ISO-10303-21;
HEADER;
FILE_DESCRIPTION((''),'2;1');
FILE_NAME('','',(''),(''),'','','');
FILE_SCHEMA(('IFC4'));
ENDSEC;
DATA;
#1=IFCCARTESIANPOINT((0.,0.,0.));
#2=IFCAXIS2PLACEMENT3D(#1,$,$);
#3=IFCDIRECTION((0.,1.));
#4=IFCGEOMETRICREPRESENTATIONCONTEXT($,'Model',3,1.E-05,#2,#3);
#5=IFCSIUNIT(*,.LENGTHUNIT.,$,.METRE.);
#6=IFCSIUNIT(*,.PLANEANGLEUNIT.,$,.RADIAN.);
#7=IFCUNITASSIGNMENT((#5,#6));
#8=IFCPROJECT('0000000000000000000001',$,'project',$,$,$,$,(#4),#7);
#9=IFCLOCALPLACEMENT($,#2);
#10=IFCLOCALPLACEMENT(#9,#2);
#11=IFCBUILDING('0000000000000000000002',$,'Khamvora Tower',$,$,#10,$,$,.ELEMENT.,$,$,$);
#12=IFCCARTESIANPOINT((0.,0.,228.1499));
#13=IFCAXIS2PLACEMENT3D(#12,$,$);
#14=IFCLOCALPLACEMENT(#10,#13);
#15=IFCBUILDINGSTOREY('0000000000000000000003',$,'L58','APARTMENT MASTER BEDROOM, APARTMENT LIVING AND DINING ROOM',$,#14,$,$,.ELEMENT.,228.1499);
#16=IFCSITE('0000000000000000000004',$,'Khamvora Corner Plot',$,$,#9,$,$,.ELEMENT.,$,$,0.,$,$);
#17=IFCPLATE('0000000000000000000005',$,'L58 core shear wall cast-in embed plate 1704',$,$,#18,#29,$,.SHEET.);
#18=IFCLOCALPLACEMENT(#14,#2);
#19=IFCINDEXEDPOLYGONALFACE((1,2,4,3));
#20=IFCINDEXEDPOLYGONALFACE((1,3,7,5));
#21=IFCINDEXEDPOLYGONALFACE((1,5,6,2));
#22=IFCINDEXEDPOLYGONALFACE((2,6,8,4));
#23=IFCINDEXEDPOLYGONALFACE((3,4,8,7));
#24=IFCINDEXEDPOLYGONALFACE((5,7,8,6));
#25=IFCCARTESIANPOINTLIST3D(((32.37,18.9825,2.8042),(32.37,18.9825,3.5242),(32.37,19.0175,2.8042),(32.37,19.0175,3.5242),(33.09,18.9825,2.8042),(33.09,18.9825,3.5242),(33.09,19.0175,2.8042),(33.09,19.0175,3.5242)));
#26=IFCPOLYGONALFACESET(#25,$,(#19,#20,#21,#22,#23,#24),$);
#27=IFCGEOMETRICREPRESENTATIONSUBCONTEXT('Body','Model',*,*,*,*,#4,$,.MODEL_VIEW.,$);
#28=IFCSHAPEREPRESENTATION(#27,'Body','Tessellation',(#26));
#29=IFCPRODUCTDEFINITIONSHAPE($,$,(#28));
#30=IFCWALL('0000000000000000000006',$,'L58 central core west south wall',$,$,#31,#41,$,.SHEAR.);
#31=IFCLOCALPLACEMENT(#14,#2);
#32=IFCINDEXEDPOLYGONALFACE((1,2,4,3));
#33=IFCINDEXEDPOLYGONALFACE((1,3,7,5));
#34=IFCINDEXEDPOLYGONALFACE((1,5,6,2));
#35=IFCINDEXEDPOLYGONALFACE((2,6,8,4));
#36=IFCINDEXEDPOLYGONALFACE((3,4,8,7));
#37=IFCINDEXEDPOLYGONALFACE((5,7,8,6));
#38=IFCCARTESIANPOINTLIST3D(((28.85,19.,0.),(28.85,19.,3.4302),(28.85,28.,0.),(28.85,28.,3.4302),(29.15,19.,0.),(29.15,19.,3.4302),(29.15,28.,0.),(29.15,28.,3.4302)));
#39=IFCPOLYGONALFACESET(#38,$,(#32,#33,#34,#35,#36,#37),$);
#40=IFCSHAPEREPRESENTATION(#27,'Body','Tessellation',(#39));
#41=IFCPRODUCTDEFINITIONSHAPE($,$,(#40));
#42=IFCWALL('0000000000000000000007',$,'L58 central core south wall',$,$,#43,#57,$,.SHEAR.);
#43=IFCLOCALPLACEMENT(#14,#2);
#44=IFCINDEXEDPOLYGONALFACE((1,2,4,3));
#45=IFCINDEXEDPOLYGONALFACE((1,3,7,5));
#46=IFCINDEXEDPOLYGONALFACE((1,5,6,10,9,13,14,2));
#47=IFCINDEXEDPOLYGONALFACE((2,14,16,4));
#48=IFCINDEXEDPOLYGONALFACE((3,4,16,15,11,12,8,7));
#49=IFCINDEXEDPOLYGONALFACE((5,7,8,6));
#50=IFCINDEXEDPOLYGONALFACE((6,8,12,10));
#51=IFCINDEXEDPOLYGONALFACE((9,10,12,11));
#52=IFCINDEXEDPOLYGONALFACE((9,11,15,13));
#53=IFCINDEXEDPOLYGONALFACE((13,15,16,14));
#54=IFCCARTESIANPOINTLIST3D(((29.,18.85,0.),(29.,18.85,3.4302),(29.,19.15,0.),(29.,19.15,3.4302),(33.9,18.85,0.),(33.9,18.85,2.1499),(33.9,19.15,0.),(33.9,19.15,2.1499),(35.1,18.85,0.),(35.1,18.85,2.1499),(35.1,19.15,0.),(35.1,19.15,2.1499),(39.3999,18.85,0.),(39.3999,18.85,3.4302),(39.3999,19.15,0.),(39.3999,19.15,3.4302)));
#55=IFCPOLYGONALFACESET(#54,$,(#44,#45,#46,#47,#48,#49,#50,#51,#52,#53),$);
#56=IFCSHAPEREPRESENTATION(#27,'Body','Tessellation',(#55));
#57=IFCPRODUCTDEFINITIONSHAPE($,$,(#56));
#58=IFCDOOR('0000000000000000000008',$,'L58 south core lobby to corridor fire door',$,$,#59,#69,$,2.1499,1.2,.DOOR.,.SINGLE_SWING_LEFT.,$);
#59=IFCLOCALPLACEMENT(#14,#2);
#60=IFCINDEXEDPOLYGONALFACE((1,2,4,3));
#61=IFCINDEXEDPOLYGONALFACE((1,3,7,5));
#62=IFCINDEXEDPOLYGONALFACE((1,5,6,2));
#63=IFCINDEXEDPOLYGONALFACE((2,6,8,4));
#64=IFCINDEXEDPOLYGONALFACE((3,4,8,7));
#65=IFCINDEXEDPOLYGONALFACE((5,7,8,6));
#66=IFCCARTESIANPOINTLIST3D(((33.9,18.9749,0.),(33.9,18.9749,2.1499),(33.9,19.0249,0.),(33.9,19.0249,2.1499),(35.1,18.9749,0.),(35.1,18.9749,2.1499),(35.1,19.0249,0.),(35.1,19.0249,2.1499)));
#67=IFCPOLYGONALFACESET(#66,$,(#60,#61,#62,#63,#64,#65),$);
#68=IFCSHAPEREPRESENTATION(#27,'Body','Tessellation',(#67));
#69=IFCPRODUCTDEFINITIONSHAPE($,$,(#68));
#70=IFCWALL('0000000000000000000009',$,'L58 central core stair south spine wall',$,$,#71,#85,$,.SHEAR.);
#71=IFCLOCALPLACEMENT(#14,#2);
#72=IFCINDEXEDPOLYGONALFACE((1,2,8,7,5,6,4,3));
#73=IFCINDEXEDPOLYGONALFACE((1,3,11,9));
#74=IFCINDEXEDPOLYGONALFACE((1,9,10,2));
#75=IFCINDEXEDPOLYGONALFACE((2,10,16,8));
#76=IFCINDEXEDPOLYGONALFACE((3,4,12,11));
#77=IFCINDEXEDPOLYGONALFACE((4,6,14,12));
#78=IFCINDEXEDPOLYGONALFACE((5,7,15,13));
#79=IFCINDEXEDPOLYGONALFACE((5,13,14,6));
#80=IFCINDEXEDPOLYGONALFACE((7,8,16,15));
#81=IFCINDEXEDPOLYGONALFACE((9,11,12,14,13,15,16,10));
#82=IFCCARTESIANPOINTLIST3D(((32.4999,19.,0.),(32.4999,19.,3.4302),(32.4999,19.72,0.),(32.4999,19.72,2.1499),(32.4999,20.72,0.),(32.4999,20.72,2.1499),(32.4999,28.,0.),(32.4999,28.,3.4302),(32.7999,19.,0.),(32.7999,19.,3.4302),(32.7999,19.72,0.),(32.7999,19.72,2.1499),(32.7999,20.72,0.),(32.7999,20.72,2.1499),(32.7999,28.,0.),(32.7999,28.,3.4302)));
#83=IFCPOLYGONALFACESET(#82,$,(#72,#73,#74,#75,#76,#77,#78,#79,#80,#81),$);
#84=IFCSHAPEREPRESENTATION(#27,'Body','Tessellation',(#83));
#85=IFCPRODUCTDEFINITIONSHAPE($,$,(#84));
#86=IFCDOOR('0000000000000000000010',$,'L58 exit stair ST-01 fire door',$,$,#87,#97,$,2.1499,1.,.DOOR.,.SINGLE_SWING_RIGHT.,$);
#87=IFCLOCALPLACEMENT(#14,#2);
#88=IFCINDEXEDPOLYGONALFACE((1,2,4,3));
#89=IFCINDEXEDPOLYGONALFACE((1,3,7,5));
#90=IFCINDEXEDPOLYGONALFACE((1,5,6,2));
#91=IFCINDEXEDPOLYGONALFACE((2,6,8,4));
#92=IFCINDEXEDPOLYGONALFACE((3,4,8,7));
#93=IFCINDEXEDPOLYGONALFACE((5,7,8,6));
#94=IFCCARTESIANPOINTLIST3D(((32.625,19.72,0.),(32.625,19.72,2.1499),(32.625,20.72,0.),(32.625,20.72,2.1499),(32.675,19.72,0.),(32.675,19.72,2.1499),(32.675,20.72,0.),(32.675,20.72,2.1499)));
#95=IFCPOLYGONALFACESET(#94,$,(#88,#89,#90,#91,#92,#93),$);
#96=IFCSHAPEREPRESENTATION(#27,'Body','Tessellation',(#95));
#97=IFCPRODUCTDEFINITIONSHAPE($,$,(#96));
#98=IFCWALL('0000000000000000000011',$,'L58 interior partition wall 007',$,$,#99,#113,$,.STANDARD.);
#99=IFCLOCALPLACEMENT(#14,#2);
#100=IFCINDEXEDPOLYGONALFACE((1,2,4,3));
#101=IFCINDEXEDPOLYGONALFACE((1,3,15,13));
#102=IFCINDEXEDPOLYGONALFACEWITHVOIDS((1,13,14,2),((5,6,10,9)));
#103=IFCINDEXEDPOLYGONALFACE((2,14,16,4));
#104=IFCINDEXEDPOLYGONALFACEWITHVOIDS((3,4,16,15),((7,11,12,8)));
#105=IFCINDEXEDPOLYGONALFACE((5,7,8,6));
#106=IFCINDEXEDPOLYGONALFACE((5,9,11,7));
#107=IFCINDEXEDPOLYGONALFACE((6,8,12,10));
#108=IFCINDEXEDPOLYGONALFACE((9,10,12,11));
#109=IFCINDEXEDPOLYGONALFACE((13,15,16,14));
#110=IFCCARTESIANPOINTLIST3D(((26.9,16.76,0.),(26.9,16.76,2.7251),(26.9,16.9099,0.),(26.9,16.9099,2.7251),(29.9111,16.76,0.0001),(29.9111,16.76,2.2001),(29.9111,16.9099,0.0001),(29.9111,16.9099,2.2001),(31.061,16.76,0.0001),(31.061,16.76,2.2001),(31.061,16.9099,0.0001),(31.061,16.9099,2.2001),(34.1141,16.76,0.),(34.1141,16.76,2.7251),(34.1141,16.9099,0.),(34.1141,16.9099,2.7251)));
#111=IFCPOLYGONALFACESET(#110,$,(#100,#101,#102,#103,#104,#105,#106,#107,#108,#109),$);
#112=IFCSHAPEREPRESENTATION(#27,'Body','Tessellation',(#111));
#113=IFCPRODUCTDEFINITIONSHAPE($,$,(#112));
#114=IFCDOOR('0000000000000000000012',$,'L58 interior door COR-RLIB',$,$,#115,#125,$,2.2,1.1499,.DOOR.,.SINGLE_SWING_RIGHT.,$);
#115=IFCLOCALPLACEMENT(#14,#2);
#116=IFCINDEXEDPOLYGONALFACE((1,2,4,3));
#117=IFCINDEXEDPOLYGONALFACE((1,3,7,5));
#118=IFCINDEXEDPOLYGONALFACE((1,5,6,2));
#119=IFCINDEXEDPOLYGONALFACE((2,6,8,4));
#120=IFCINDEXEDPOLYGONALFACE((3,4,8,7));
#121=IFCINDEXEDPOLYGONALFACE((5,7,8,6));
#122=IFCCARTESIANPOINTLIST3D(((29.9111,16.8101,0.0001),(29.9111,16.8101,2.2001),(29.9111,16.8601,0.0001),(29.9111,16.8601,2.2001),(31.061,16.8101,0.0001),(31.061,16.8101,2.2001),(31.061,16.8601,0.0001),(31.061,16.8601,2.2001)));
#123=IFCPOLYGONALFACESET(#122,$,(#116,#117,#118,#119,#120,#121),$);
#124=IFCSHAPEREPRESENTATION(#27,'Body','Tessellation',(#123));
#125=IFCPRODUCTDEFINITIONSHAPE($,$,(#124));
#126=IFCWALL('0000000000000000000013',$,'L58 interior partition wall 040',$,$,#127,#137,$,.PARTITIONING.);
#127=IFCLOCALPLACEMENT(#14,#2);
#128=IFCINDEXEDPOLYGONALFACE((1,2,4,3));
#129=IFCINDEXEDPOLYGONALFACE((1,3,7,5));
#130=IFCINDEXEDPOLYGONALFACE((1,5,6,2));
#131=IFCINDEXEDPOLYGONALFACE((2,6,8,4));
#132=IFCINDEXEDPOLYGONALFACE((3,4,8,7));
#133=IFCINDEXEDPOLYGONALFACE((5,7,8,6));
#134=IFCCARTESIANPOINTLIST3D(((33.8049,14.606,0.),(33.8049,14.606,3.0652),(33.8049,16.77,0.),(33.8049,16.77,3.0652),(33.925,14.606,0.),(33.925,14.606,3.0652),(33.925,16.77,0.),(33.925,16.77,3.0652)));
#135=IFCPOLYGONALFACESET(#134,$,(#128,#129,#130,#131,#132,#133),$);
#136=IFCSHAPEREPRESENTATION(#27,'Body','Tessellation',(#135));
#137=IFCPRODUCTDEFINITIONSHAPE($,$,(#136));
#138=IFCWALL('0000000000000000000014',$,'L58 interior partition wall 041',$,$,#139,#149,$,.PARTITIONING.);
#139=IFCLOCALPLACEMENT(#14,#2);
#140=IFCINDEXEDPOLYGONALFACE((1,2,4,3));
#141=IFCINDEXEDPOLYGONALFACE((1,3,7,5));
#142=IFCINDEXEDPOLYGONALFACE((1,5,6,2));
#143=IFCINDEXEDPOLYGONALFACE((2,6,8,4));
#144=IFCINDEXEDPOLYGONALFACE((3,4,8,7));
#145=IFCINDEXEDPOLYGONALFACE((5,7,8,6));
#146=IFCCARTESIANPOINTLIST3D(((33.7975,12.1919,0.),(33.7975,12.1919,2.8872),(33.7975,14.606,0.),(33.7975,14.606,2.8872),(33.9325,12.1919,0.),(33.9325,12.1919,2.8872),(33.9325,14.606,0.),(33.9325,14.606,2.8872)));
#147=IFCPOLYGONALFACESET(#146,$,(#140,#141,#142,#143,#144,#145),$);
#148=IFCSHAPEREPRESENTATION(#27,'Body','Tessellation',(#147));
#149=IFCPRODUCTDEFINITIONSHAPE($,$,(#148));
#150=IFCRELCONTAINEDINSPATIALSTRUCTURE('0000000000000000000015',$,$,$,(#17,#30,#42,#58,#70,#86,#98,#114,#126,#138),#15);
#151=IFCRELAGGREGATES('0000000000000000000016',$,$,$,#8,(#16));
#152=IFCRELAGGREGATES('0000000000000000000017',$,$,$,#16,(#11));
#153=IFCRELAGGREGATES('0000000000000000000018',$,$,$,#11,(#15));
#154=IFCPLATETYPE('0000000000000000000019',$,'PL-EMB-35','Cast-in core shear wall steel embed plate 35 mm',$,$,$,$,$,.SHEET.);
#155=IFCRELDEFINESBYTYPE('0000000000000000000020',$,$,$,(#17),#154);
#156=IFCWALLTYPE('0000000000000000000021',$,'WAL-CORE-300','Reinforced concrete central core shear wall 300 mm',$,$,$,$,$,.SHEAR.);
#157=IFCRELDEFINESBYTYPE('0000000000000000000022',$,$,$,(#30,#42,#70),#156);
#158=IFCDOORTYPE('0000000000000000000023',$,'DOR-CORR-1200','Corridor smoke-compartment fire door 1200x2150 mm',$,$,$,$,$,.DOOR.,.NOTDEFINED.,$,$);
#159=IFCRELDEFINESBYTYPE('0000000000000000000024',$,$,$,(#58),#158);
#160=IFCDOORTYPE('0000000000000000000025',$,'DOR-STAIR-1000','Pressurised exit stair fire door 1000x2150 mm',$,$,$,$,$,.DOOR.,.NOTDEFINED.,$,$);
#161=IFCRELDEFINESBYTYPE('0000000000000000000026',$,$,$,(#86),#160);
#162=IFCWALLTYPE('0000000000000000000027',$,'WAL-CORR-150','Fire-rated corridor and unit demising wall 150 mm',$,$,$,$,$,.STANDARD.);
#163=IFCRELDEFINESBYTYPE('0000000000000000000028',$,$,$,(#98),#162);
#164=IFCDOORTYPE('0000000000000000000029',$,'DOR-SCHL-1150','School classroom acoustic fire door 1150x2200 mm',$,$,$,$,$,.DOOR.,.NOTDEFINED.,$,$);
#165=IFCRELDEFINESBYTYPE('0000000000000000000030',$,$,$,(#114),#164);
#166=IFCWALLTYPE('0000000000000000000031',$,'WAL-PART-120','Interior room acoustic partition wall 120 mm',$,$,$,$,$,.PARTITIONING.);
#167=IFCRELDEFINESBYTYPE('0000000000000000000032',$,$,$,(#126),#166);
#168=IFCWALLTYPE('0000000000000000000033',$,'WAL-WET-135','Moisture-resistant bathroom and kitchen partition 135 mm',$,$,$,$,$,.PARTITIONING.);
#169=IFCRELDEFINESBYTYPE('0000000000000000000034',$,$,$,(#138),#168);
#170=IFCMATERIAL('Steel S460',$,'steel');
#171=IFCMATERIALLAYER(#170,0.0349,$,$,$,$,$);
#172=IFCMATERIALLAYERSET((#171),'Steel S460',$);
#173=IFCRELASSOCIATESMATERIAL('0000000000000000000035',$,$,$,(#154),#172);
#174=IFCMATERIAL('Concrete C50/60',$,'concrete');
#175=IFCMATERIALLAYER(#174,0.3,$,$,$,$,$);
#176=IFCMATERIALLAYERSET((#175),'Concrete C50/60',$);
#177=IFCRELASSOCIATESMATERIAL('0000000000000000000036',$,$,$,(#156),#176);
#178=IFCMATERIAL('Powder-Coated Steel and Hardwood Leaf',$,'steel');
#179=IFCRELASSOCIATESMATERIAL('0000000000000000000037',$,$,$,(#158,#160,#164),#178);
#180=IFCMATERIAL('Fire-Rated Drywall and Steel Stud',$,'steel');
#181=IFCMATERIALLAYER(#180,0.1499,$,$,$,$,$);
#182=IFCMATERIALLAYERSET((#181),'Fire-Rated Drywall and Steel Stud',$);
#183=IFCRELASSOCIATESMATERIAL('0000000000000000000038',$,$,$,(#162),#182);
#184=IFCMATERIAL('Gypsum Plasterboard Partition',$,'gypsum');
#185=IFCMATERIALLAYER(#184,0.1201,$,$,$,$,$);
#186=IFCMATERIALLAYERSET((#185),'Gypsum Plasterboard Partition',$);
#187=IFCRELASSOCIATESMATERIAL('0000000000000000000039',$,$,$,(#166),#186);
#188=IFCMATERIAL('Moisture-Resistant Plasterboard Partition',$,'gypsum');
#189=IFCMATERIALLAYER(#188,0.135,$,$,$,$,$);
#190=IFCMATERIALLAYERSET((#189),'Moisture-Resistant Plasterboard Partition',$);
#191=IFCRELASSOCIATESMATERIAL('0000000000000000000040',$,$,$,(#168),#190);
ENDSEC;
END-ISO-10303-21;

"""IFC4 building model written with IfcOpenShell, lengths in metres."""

from ifc_helpers import new_model, si_unit, direction, frame, frame_2d, origin, origin_2d, place, context, subcontext, project, spatial, rectangle, extrude, material, layer, layer_set, type_object, element, fill, save


model = new_model("IFC4")

# Units and contexts
model_context = context("Model", 3, precision=1e-05, world=origin(), true_north=direction((0.0, 1.0)))
body_context = subcontext(model_context, "Body", "Model", "MODEL_VIEW")
ifc_project = project(units=[si_unit("LENGTHUNIT", "METRE"), si_unit("PLANEANGLEUNIT", "RADIAN")], contexts=[model_context])

# Site, building, storey
site_placement = place(None, origin())
site = spatial("IfcSite", under=ifc_project, at=site_placement, Name="Khamvora Corner Plot", CompositionType="ELEMENT", RefElevation=0.0)
building_placement = place(site_placement, origin())
building = spatial("IfcBuilding", under=site, at=building_placement, Name="Khamvora Tower", CompositionType="ELEMENT")
storey_placement = place(building_placement, frame((0.0, 0.0, 228.1499)))
storey = spatial("IfcBuildingStorey", under=building, at=storey_placement, Name="L58", Description="APARTMENT MASTER BEDROOM, APARTMENT LIVING AND DINING ROOM", CompositionType="ELEMENT", Elevation=228.1499)

# Shared definitions
ifc_material_1 = material(Name="Steel S460", Category="steel")

# Plate
ifc_layer_1 = layer(ifc_material_1, 0.0349)
ifc_layer_set_1 = layer_set([ifc_layer_1], Name="Steel S460")
plate_type_1 = type_object("IfcPlateType", Name="PL-EMB-35", Description="Cast-in core shear wall steel embed plate 35 mm", PredefinedType="SHEET", material=ifc_layer_set_1)
plate_1_placement = place(storey_placement, frame((32.73, 19.0, 2.8042), z_axis=(0.0, 0.0, 1.0), x_axis=(1.0, 0.0, 0.0)))
element("IfcPlate", 1, at=plate_1_placement, inside=storey, type_object=plate_type_1, Name="L58 core shear wall cast-in embed plate 1704", PredefinedType="SHEET", context=body_context, shape_type="SweptSolid", body=[
    extrude(rectangle(XDim=0.72, YDim=0.0349, at=origin_2d()), origin(), (0.0, 0.0, 1.0), 0.72),
])

# Wall
ifc_material_2 = material(Name="Concrete C50/60", Category="concrete")
ifc_layer_2 = layer(ifc_material_2, 0.3)
ifc_layer_set_2 = layer_set([ifc_layer_2], Name="Concrete C50/60")
wall_type_1 = type_object("IfcWallType", Name="WAL-CORE-300", Description="Reinforced concrete central core shear wall 300 mm", PredefinedType="SHEAR", material=ifc_layer_set_2)
wall_1_placement = place(storey_placement, frame((29.0, 19.0, 0.0), z_axis=(0.0, 0.0, 1.0), x_axis=(0.0, 1.0, 0.0)))
element("IfcWall", 2, at=wall_1_placement, inside=storey, type_object=wall_type_1, Name="L58 central core west south wall", PredefinedType="SHEAR", context=body_context, shape_type="SweptSolid", body=[
    extrude(rectangle(XDim=9.0, YDim=0.3, at=frame_2d((4.5, 0.0))), origin(), (0.0, 0.0, 1.0), 3.4302),
])

# Walls, openings, doors
wall_2_placement = place(storey_placement, frame((29.0, 19.0, 0.0), z_axis=(0.0, 0.0, 1.0), x_axis=(1.0, 0.0, 0.0)))
wall_2 = element("IfcWall", 3, at=wall_2_placement, inside=storey, type_object=wall_type_1, Name="L58 central core south wall", PredefinedType="SHEAR", context=body_context, shape_type="SweptSolid", body=[
    extrude(rectangle(XDim=10.3999, YDim=0.3, at=frame_2d((5.2, 0.0))), origin(), (0.0, 0.0, 1.0), 3.4302),
])
opening_1_placement = place(wall_2_placement, frame((4.8999, 0.0, 0.0)))
opening_1 = element("IfcOpeningElement", 4, at=opening_1_placement, cuts=wall_2, PredefinedType="OPENING", context=body_context, shape_type="SweptSolid", body=[
    extrude(rectangle(XDim=1.2, YDim=2.1499, at=frame_2d((0.6001, 1.075))), frame((0.0, 0.1599, 0.0), z_axis=(0.0, -1.0, 0.0), x_axis=(1.0, 0.0, 0.0)), (0.0, 0.0, 1.0), 0.3201),
])
ifc_material_3 = material(Name="Powder-Coated Steel and Hardwood Leaf", Category="steel")
door_type_1 = type_object("IfcDoorType", Name="DOR-CORR-1200", Description="Corridor smoke-compartment fire door 1200x2150 mm", OperationType="NOTDEFINED", PredefinedType="DOOR", material=ifc_material_3)
door_1_placement = place(opening_1_placement, origin())
door_1 = element("IfcDoor", 5, at=door_1_placement, inside=storey, type_object=door_type_1, Name="L58 south core lobby to corridor fire door", OperationType="SINGLE_SWING_LEFT", OverallHeight=2.1499, OverallWidth=1.2, PredefinedType="DOOR", context=body_context, shape_type="SweptSolid", body=[
    extrude(rectangle(XDim=1.2, YDim=2.1499, at=frame_2d((0.6001, 1.075))), frame((0.0, 0.0249, 0.0), z_axis=(0.0, -1.0, 0.0), x_axis=(1.0, 0.0, 0.0)), (0.0, 0.0, 1.0), 0.05),
])
fill(opening_1, door_1)
wall_3_placement = place(storey_placement, frame((32.6499, 19.0, 0.0), z_axis=(0.0, 0.0, 1.0), x_axis=(0.0, 1.0, 0.0)))
wall_3 = element("IfcWall", 6, at=wall_3_placement, inside=storey, type_object=wall_type_1, Name="L58 central core stair south spine wall", PredefinedType="SHEAR", context=body_context, shape_type="SweptSolid", body=[
    extrude(rectangle(XDim=9.0, YDim=0.3, at=frame_2d((4.5, 0.0))), origin(), (0.0, 0.0, 1.0), 3.4302),
])
opening_2_placement = place(wall_3_placement, frame((0.72, 0.0, 0.0)))
opening_2 = element("IfcOpeningElement", 7, at=opening_2_placement, cuts=wall_3, PredefinedType="OPENING", context=body_context, shape_type="SweptSolid", body=[
    extrude(rectangle(XDim=1.0, YDim=2.1499, at=frame_2d((0.5, 1.075))), frame((0.0, 0.1599, 0.0), z_axis=(0.0, -1.0, 0.0), x_axis=(1.0, 0.0, 0.0)), (0.0, 0.0, 1.0), 0.3201),
])
door_type_2 = type_object("IfcDoorType", Name="DOR-STAIR-1000", Description="Pressurised exit stair fire door 1000x2150 mm", OperationType="NOTDEFINED", PredefinedType="DOOR", material=ifc_material_3)
door_2_placement = place(opening_2_placement, origin())
door_2 = element("IfcDoor", 8, at=door_2_placement, inside=storey, type_object=door_type_2, Name="L58 exit stair ST-01 fire door", OperationType="SINGLE_SWING_RIGHT", OverallHeight=2.1499, OverallWidth=1.0, PredefinedType="DOOR", context=body_context, shape_type="SweptSolid", body=[
    extrude(rectangle(XDim=1.0, YDim=2.1499, at=frame_2d((0.5, 1.075))), frame((0.0, 0.0249, 0.0), z_axis=(0.0, -1.0, 0.0), x_axis=(1.0, 0.0, 0.0)), (0.0, 0.0, 1.0), 0.05),
])
fill(opening_2, door_2)

# Wall, opening, door
ifc_material_4 = material(Name="Fire-Rated Drywall and Steel Stud", Category="steel")
ifc_layer_3 = layer(ifc_material_4, 0.1499)
ifc_layer_set_3 = layer_set([ifc_layer_3], Name="Fire-Rated Drywall and Steel Stud")
wall_type_2 = type_object("IfcWallType", Name="WAL-CORR-150", Description="Fire-rated corridor and unit demising wall 150 mm", PredefinedType="STANDARD", material=ifc_layer_set_3)
wall_4_placement = place(storey_placement, frame((34.114, 16.835, 0.0), z_axis=(0.0, 0.0, 1.0), x_axis=(-1.0, 0.0, 0.0)))
wall_4 = element("IfcWall", 9, at=wall_4_placement, inside=storey, type_object=wall_type_2, Name="L58 interior partition wall 007", PredefinedType="STANDARD", context=body_context, shape_type="SweptSolid", body=[
    extrude(rectangle(XDim=7.2141, YDim=0.1499, at=frame_2d((3.6069, 0.0))), origin(), (0.0, 0.0, 1.0), 2.7251),
])
opening_3_placement = place(wall_4_placement, frame((3.053, 0.0, 0.0)))
opening_3 = element("IfcOpeningElement", 10, at=opening_3_placement, cuts=wall_4, PredefinedType="OPENING", context=body_context, shape_type="SweptSolid", body=[
    extrude(rectangle(XDim=1.1499, YDim=2.2, at=frame_2d((0.575, 1.1001))), frame((0.0, 0.085, 0.0), z_axis=(0.0, -1.0, 0.0), x_axis=(1.0, 0.0, 0.0)), (0.0, 0.0, 1.0), 0.1699),
])
door_type_3 = type_object("IfcDoorType", Name="DOR-SCHL-1150", Description="School classroom acoustic fire door 1150x2200 mm", OperationType="NOTDEFINED", PredefinedType="DOOR", material=ifc_material_3)
door_3_placement = place(opening_3_placement, origin())
door_3 = element("IfcDoor", 11, at=door_3_placement, inside=storey, type_object=door_type_3, Name="L58 interior door COR-RLIB", OperationType="SINGLE_SWING_RIGHT", OverallHeight=2.2, OverallWidth=1.1499, PredefinedType="DOOR", context=body_context, shape_type="SweptSolid", body=[
    extrude(rectangle(XDim=1.1499, YDim=2.2, at=frame_2d((0.575, 1.1001))), frame((0.0, 0.0249, 0.0), z_axis=(0.0, -1.0, 0.0), x_axis=(1.0, 0.0, 0.0)), (0.0, 0.0, 1.0), 0.05),
])
fill(opening_3, door_3)

# Walls
ifc_material_5 = material(Name="Gypsum Plasterboard Partition", Category="gypsum")
ifc_layer_4 = layer(ifc_material_5, 0.1201)
ifc_layer_set_4 = layer_set([ifc_layer_4], Name="Gypsum Plasterboard Partition")
wall_type_3 = type_object("IfcWallType", Name="WAL-PART-120", Description="Interior room acoustic partition wall 120 mm", PredefinedType="PARTITIONING", material=ifc_layer_set_4)
wall_5_placement = place(storey_placement, frame((33.865, 16.77, 0.0), z_axis=(0.0, 0.0, 1.0), x_axis=(0.0, -1.0, 0.0)))
element("IfcWall", 12, at=wall_5_placement, inside=storey, type_object=wall_type_3, Name="L58 interior partition wall 040", PredefinedType="PARTITIONING", context=body_context, shape_type="SweptSolid", body=[
    extrude(rectangle(XDim=2.1641, YDim=0.1201, at=frame_2d((1.082, 0.0))), origin(), (0.0, 0.0, 1.0), 3.0652),
])
ifc_material_6 = material(Name="Moisture-Resistant Plasterboard Partition", Category="gypsum")
ifc_layer_5 = layer(ifc_material_6, 0.135)
ifc_layer_set_5 = layer_set([ifc_layer_5], Name="Moisture-Resistant Plasterboard Partition")
wall_type_4 = type_object("IfcWallType", Name="WAL-WET-135", Description="Moisture-resistant bathroom and kitchen partition 135 mm", PredefinedType="PARTITIONING", material=ifc_layer_set_5)
wall_6_placement = place(storey_placement, frame((33.865, 14.606, 0.0), z_axis=(0.0, 0.0, 1.0), x_axis=(0.0, -1.0, 0.0)))
element("IfcWall", 13, at=wall_6_placement, inside=storey, type_object=wall_type_4, Name="L58 interior partition wall 041", PredefinedType="PARTITIONING", context=body_context, shape_type="SweptSolid", body=[
    extrude(rectangle(XDim=2.4141, YDim=0.135, at=frame_2d((1.207, 0.0))), origin(), (0.0, 0.0, 1.0), 2.8872),
])

save(model, "model.ifc")
